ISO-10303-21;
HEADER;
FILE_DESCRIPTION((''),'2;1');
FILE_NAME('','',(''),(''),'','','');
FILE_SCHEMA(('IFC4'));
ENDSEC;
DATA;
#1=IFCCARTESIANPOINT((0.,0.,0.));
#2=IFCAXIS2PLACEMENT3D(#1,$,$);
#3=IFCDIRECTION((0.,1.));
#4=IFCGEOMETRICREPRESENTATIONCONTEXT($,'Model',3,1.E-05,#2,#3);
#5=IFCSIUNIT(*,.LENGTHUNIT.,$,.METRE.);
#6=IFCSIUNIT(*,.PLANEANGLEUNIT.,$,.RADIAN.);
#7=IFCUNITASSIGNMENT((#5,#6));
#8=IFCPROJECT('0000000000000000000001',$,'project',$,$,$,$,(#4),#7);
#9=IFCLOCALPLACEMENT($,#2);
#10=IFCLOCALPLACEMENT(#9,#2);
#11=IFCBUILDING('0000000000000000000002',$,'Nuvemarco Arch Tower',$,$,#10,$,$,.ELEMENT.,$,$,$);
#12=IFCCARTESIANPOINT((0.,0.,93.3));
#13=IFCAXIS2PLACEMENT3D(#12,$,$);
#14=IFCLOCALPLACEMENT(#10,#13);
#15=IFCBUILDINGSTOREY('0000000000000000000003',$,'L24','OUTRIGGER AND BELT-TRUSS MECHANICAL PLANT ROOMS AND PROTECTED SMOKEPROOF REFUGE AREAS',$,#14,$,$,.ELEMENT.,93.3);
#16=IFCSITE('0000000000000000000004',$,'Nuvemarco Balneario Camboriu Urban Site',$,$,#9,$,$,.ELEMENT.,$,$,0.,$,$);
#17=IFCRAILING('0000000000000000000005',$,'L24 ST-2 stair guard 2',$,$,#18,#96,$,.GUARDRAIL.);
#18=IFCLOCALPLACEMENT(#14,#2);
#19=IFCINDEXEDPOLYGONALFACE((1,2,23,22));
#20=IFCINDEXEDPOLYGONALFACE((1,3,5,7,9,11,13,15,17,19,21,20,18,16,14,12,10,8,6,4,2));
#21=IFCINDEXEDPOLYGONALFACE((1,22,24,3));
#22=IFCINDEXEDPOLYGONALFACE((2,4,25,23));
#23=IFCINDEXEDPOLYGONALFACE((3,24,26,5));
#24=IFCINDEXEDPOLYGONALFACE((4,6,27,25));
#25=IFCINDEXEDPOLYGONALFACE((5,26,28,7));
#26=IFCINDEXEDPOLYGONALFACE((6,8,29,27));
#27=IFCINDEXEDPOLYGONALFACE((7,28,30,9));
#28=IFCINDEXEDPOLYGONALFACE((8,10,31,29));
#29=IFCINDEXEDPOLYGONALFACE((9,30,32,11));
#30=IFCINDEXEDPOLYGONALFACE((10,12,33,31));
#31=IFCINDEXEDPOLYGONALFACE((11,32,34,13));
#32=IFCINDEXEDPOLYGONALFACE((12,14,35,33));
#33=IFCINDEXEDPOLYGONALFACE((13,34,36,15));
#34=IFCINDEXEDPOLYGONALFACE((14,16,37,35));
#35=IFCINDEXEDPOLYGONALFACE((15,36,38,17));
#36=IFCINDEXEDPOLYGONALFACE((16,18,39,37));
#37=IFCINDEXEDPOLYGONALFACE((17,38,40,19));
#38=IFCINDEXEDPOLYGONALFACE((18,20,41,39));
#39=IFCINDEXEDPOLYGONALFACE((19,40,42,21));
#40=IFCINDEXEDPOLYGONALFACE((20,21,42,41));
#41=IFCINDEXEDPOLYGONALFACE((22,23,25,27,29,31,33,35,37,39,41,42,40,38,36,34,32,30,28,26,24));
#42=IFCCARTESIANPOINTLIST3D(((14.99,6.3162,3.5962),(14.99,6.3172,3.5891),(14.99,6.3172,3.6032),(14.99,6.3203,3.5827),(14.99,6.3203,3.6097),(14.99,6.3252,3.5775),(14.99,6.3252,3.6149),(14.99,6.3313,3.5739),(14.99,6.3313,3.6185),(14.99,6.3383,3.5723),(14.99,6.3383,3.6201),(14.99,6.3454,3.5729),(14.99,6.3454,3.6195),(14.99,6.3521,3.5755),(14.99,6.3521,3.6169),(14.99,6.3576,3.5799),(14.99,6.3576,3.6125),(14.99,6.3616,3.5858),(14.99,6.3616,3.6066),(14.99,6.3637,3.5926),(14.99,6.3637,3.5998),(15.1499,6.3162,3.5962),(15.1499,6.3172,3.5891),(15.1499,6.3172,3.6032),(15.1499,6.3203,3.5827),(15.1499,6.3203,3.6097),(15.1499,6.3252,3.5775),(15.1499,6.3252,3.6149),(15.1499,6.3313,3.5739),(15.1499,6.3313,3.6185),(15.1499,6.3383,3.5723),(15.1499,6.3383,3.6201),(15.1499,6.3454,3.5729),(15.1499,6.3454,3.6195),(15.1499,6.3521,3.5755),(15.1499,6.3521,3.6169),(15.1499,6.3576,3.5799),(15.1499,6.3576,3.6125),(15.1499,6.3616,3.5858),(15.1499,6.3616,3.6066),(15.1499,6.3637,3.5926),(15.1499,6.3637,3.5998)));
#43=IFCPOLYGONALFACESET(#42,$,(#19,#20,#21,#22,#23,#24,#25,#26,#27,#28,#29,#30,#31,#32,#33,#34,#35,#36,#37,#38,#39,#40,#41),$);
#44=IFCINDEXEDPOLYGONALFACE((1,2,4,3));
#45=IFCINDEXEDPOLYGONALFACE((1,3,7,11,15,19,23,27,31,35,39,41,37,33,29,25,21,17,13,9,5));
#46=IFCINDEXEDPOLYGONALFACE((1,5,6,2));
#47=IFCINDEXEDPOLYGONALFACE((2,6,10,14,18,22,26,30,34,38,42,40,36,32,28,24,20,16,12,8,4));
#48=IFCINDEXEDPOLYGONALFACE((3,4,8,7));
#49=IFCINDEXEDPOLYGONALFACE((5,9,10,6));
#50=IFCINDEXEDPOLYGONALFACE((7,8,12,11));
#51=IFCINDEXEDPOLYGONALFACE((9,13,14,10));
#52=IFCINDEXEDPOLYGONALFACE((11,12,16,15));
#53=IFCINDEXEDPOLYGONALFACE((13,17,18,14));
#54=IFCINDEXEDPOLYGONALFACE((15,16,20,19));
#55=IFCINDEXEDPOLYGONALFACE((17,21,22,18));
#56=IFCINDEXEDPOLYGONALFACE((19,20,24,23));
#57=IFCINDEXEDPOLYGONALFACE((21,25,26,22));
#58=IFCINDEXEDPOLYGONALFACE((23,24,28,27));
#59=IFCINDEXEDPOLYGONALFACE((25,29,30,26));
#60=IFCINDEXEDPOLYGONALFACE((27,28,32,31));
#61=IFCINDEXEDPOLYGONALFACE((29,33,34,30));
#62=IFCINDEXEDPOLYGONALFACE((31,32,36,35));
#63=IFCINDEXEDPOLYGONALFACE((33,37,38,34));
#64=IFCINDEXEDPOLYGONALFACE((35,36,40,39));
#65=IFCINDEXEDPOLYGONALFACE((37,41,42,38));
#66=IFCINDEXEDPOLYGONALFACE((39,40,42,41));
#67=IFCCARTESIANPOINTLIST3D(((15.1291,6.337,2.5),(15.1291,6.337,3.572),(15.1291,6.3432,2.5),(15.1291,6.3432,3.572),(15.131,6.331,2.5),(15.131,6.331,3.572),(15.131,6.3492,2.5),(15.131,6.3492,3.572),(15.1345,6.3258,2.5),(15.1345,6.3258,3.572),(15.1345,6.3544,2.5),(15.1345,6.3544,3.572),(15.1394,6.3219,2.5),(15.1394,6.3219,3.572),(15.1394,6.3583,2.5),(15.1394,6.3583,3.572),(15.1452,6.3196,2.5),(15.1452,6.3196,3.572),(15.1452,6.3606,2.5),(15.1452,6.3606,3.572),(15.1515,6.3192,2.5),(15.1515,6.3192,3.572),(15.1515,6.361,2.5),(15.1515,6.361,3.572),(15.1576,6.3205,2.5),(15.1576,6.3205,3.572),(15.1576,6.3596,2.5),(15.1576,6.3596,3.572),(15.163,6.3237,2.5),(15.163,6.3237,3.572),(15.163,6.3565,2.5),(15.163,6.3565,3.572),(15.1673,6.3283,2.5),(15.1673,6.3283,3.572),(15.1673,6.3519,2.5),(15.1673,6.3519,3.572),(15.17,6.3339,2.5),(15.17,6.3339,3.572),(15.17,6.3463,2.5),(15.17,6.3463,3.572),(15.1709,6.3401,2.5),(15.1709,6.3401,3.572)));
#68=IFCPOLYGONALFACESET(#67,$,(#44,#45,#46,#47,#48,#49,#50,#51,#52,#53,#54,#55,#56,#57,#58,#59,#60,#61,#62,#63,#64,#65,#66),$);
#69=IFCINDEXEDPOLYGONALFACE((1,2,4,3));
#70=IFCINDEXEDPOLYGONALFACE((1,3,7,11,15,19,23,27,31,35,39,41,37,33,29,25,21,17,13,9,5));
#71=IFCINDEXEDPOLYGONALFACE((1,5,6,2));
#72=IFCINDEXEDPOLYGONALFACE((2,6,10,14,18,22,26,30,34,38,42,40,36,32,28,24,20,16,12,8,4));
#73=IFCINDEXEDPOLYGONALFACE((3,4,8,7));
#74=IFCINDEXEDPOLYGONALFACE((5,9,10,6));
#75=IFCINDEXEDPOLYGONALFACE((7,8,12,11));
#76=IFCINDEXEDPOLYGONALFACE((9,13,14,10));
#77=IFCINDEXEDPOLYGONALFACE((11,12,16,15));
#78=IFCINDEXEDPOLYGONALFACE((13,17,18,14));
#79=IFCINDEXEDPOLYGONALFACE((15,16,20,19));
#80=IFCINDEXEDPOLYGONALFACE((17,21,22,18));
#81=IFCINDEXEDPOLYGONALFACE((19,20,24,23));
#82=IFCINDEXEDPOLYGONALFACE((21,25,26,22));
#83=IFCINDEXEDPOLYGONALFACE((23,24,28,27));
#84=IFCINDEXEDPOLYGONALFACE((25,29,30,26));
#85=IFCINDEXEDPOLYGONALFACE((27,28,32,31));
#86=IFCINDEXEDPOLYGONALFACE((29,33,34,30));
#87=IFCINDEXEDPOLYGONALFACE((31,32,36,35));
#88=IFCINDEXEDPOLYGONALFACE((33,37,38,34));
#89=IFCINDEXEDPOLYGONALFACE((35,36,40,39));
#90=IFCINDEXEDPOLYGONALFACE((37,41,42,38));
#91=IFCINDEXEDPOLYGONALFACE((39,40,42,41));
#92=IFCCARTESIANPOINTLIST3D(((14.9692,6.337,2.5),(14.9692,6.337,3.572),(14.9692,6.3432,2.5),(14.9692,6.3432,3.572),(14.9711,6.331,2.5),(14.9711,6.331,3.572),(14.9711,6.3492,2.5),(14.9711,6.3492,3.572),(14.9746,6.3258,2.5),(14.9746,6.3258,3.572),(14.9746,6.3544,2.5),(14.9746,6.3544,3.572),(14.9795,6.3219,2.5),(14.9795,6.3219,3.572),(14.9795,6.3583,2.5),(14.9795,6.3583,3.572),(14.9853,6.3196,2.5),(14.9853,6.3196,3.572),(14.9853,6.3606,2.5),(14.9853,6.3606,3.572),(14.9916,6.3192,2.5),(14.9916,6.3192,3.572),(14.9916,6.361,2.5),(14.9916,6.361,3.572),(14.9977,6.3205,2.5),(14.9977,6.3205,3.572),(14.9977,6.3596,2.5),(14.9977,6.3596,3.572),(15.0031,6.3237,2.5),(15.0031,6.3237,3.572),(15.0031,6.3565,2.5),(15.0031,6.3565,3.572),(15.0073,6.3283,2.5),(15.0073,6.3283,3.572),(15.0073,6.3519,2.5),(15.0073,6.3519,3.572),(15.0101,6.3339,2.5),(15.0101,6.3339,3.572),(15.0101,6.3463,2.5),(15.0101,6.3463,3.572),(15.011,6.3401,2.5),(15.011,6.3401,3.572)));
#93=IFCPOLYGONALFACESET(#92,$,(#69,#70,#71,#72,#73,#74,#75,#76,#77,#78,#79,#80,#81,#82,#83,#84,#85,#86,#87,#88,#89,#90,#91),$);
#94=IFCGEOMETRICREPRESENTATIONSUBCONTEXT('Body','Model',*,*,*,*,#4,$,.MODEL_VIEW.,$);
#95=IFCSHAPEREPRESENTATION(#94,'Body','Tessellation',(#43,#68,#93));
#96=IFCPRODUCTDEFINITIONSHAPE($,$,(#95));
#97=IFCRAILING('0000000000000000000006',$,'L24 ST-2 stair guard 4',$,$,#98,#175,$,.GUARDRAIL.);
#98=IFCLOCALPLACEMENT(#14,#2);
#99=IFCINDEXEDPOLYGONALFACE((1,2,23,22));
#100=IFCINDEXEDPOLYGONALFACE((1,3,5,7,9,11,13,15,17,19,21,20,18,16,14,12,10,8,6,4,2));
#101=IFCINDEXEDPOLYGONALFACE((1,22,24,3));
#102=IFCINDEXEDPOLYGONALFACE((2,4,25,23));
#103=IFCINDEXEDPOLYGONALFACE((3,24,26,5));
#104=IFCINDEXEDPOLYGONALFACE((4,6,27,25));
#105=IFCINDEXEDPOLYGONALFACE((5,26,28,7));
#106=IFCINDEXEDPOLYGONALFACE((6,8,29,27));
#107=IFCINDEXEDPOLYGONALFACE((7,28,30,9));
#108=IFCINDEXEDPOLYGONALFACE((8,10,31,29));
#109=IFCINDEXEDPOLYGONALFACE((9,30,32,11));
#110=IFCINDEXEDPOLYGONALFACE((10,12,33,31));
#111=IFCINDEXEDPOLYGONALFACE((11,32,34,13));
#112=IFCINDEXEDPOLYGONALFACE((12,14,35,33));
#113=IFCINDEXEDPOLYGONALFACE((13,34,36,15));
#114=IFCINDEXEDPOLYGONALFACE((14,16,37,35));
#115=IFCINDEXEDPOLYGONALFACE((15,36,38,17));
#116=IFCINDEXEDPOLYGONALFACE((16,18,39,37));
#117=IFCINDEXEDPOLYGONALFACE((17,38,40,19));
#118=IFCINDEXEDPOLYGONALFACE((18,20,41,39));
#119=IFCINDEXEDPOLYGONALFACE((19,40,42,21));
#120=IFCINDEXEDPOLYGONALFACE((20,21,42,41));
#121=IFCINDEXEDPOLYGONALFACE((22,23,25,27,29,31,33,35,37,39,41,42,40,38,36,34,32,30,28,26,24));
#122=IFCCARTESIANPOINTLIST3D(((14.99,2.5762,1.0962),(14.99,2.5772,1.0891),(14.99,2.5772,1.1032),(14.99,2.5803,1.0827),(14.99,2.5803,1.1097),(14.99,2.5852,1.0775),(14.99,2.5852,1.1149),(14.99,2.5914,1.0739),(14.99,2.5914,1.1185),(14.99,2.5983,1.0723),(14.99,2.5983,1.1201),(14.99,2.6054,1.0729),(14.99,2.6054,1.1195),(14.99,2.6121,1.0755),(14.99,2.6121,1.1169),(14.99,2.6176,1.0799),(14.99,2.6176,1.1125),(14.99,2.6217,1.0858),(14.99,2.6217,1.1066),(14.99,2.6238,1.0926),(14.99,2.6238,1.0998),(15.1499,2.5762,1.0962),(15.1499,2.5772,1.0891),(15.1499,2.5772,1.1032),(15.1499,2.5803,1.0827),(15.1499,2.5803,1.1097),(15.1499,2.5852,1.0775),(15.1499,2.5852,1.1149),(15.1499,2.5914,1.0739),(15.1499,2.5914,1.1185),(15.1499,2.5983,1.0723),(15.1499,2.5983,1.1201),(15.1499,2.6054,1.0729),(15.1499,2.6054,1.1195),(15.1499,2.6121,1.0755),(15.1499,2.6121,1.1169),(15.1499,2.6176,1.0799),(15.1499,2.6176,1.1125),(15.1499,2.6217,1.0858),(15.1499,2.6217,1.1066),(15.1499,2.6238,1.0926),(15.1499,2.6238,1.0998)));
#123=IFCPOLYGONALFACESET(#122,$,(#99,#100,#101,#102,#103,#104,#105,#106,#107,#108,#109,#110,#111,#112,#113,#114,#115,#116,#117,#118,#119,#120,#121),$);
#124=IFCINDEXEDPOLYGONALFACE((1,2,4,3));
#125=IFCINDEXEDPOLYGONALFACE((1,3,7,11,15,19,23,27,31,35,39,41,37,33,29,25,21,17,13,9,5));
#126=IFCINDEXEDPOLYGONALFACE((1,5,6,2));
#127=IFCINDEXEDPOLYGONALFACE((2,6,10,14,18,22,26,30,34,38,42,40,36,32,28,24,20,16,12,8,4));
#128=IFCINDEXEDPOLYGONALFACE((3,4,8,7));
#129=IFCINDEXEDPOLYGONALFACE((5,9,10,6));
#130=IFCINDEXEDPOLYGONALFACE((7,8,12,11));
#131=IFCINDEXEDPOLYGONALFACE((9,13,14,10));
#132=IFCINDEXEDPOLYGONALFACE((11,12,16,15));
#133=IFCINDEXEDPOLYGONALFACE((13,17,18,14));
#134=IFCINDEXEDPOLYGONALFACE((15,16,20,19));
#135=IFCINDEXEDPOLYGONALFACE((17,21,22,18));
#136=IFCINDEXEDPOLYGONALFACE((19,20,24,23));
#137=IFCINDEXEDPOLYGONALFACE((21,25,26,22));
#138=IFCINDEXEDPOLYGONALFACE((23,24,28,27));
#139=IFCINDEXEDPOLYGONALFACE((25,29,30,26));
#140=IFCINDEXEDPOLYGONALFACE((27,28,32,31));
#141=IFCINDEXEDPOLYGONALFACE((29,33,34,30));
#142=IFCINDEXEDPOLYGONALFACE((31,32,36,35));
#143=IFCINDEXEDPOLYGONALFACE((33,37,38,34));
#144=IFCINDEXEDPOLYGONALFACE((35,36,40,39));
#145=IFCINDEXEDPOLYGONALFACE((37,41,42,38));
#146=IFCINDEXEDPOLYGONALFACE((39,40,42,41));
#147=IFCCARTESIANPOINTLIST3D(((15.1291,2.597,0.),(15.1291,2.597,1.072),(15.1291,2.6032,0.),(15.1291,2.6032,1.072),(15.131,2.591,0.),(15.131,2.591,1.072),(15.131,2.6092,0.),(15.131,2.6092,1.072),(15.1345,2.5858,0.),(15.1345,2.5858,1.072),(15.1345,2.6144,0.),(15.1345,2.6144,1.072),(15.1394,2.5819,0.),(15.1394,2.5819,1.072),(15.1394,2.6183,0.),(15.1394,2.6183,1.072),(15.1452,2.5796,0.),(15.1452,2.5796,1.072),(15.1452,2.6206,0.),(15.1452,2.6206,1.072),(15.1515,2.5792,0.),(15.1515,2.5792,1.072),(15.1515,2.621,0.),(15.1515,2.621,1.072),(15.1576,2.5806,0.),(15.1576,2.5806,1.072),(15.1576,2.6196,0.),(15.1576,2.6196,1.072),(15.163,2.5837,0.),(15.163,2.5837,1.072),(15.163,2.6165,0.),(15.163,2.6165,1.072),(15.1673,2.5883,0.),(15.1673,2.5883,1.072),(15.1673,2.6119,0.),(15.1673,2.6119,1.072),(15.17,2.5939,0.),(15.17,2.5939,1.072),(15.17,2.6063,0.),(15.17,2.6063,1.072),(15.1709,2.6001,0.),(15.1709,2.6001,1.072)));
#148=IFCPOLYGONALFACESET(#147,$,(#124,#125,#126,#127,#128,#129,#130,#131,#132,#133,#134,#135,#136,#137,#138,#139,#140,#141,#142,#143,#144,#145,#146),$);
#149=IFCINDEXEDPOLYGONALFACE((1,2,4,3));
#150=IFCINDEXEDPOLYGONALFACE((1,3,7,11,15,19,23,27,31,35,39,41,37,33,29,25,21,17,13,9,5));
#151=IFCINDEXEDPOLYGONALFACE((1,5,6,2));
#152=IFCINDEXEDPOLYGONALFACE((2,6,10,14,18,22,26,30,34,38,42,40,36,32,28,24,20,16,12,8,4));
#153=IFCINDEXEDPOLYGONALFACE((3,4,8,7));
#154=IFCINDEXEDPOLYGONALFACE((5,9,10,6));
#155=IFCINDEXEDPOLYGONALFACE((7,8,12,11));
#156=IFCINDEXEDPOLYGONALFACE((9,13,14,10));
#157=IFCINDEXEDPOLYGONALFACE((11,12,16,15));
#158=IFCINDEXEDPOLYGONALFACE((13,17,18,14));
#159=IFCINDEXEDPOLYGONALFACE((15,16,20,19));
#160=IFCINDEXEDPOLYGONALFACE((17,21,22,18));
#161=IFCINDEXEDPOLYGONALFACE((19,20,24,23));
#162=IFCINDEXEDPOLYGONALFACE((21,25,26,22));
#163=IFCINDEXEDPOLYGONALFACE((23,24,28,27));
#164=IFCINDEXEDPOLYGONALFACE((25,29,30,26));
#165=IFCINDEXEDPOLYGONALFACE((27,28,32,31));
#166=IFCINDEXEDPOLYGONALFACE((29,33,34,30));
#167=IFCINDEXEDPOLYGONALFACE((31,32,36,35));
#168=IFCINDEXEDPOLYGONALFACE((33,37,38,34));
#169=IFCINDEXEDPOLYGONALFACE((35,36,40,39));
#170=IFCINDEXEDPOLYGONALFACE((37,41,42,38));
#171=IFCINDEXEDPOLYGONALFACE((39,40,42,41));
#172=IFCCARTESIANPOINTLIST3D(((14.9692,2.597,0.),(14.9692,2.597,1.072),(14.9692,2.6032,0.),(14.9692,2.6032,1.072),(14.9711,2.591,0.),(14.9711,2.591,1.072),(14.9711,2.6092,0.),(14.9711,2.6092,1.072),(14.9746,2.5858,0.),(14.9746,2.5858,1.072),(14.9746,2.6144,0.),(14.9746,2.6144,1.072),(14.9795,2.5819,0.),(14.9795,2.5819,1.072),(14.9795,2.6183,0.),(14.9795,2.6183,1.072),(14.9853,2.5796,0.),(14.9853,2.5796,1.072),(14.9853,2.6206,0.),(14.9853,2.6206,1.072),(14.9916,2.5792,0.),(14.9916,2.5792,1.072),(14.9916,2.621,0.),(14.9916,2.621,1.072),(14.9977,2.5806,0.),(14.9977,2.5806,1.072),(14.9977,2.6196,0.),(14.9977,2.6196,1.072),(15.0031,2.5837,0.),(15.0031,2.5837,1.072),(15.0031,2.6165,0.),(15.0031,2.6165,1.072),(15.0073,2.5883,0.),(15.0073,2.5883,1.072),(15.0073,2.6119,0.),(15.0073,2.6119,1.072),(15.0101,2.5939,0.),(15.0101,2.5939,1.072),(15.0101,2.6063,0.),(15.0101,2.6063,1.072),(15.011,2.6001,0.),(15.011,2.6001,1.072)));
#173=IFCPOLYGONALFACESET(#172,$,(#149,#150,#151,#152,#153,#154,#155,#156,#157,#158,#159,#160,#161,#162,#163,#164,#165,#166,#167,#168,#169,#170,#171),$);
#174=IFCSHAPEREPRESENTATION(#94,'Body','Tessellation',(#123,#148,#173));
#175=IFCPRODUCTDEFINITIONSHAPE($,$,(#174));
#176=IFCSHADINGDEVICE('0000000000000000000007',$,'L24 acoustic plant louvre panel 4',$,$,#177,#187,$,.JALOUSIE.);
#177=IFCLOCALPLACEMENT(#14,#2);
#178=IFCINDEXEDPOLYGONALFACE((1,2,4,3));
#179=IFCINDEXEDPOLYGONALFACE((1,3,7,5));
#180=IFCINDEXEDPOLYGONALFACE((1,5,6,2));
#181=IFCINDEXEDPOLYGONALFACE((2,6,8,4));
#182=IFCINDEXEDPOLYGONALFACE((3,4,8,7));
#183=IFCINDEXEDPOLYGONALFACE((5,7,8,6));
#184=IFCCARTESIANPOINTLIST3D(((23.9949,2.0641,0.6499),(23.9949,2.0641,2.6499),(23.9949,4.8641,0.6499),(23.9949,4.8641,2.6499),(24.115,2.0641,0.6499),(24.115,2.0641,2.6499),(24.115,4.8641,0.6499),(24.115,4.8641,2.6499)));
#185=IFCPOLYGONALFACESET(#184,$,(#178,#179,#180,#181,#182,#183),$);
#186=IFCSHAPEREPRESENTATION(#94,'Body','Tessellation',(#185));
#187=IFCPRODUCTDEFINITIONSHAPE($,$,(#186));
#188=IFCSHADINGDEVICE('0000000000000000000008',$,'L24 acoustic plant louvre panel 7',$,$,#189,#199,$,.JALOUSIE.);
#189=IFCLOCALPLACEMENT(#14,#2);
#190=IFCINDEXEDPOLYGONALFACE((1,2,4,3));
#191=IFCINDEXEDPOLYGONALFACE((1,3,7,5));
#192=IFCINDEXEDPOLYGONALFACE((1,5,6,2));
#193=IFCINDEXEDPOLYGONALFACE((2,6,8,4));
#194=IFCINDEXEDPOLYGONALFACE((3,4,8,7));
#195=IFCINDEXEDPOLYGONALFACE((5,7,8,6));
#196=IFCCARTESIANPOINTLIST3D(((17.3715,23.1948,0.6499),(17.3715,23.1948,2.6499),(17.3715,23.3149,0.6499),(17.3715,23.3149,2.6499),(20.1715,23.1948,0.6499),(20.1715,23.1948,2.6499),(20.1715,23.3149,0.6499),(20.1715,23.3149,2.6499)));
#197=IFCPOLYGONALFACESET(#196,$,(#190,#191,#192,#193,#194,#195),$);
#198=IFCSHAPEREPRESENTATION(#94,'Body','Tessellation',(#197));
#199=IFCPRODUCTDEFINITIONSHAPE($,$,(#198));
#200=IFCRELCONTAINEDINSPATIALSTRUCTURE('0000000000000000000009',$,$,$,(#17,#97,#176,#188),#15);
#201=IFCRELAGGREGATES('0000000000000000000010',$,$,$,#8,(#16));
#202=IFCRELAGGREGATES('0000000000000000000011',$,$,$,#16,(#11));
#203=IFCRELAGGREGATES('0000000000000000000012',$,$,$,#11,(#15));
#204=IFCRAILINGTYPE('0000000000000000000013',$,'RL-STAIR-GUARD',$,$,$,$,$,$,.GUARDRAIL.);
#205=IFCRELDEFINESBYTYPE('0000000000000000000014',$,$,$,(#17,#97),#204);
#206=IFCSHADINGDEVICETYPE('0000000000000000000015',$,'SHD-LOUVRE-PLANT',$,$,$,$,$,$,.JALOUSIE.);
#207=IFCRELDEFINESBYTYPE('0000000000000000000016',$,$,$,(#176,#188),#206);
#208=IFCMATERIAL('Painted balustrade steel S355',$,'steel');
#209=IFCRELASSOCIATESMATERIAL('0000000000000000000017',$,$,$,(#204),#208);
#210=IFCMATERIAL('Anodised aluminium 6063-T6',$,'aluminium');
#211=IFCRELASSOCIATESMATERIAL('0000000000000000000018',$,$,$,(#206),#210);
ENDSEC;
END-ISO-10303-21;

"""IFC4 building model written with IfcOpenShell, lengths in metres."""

from ifc_helpers import new_model, si_unit, direction, frame, origin, origin_2d, place, context, subcontext, project, spatial, rectangle, circle, extrude, source, transform, mapped, material, type_object, type_shapes, element, save


model = new_model("IFC4")

# Units and contexts
model_context = context("Model", 3, precision=1e-05, world=origin(), true_north=direction((0.0, 1.0)))
body_context = subcontext(model_context, "Body", "Model", "MODEL_VIEW")
ifc_project = project(units=[si_unit("LENGTHUNIT", "METRE"), si_unit("PLANEANGLEUNIT", "RADIAN")], contexts=[model_context])

# Site, building, storey
site_placement = place(None, origin())
site = spatial("IfcSite", under=ifc_project, at=site_placement, Name="Nuvemarco Balneario Camboriu Urban Site", CompositionType="ELEMENT", RefElevation=0.0)
building_placement = place(site_placement, origin())
building = spatial("IfcBuilding", under=site, at=building_placement, Name="Nuvemarco Arch Tower", CompositionType="ELEMENT")
storey_placement = place(building_placement, frame((0.0, 0.0, 93.3)))
storey = spatial("IfcBuildingStorey", under=building, at=storey_placement, Name="L24", Description="OUTRIGGER AND BELT-TRUSS MECHANICAL PLANT ROOMS AND PROTECTED SMOKEPROOF REFUGE AREAS", CompositionType="ELEMENT", Elevation=93.3)

# Railings
ifc_material_1 = material(Name="Painted balustrade steel S355", Category="steel")
railing_type_1 = type_object("IfcRailingType", Name="RL-STAIR-GUARD", PredefinedType="GUARDRAIL", material=ifc_material_1)
for number, where, name in (
    (1, (15.1499, 6.3401, 2.5), "L24 ST-2 stair guard 2"),
    (2, (15.1499, 2.6001, 0.0), "L24 ST-2 stair guard 4"),
):
    element("IfcRailing", number, at=place(storey_placement, frame(where)), inside=storey, type_object=railing_type_1, Name=name, PredefinedType="GUARDRAIL", context=body_context, shape_type="SweptSolid", body=[
        extrude(circle(Radius=0.0239, at=origin_2d()), frame((0.0, 0.0, 1.0962), z_axis=(-1.0, 0.0, 0.0), x_axis=(0.0, -1.0, 0.0)), (0.0, 0.0, 1.0), 0.1599),
        extrude(circle(Radius=0.021, at=origin_2d()), origin(), (0.0, 0.0, 1.0), 1.072),
        extrude(circle(Radius=0.021, at=origin_2d()), frame((-0.1599, 0.0, 0.0)), (0.0, 0.0, 1.0), 1.072),
    ])

# Shading devices
ifc_material_2 = material(Name="Anodised aluminium 6063-T6", Category="aluminium")
shading_device_type = type_object("IfcShadingDeviceType", Name="SHD-LOUVRE-PLANT", PredefinedType="JALOUSIE", material=ifc_material_2)
shared_shape_1 = source(origin(), body_context, "Body", "SweptSolid", [
    extrude(rectangle(XDim=2.8, YDim=0.1201, at=origin_2d()), origin(), (0.0, 0.0, 1.0), 2.0),
])
type_shapes(shading_device_type, [shared_shape_1])
for number, where, z_axis, x_axis, name in (
    (3, (24.0549, 3.4641, 0.6499), (0.0, 0.0, 1.0), (0.0, 1.0, 0.0), "L24 acoustic plant louvre panel 4"),
    (4, (18.7715, 23.2549, 0.6499), (0.0, 0.0, 1.0), (1.0, 0.0, 0.0), "L24 acoustic plant louvre panel 7"),
):
    element("IfcShadingDevice", number, at=place(storey_placement, frame(where, z_axis=z_axis, x_axis=x_axis)), inside=storey, type_object=shading_device_type, Name=name, PredefinedType="JALOUSIE", context=body_context, shape_type="MappedRepresentation", body=[
        mapped(shared_shape_1, transform((0.0, 0.0, 0.0), scale=1.0)),
    ])

save(model, "model.ifc")
